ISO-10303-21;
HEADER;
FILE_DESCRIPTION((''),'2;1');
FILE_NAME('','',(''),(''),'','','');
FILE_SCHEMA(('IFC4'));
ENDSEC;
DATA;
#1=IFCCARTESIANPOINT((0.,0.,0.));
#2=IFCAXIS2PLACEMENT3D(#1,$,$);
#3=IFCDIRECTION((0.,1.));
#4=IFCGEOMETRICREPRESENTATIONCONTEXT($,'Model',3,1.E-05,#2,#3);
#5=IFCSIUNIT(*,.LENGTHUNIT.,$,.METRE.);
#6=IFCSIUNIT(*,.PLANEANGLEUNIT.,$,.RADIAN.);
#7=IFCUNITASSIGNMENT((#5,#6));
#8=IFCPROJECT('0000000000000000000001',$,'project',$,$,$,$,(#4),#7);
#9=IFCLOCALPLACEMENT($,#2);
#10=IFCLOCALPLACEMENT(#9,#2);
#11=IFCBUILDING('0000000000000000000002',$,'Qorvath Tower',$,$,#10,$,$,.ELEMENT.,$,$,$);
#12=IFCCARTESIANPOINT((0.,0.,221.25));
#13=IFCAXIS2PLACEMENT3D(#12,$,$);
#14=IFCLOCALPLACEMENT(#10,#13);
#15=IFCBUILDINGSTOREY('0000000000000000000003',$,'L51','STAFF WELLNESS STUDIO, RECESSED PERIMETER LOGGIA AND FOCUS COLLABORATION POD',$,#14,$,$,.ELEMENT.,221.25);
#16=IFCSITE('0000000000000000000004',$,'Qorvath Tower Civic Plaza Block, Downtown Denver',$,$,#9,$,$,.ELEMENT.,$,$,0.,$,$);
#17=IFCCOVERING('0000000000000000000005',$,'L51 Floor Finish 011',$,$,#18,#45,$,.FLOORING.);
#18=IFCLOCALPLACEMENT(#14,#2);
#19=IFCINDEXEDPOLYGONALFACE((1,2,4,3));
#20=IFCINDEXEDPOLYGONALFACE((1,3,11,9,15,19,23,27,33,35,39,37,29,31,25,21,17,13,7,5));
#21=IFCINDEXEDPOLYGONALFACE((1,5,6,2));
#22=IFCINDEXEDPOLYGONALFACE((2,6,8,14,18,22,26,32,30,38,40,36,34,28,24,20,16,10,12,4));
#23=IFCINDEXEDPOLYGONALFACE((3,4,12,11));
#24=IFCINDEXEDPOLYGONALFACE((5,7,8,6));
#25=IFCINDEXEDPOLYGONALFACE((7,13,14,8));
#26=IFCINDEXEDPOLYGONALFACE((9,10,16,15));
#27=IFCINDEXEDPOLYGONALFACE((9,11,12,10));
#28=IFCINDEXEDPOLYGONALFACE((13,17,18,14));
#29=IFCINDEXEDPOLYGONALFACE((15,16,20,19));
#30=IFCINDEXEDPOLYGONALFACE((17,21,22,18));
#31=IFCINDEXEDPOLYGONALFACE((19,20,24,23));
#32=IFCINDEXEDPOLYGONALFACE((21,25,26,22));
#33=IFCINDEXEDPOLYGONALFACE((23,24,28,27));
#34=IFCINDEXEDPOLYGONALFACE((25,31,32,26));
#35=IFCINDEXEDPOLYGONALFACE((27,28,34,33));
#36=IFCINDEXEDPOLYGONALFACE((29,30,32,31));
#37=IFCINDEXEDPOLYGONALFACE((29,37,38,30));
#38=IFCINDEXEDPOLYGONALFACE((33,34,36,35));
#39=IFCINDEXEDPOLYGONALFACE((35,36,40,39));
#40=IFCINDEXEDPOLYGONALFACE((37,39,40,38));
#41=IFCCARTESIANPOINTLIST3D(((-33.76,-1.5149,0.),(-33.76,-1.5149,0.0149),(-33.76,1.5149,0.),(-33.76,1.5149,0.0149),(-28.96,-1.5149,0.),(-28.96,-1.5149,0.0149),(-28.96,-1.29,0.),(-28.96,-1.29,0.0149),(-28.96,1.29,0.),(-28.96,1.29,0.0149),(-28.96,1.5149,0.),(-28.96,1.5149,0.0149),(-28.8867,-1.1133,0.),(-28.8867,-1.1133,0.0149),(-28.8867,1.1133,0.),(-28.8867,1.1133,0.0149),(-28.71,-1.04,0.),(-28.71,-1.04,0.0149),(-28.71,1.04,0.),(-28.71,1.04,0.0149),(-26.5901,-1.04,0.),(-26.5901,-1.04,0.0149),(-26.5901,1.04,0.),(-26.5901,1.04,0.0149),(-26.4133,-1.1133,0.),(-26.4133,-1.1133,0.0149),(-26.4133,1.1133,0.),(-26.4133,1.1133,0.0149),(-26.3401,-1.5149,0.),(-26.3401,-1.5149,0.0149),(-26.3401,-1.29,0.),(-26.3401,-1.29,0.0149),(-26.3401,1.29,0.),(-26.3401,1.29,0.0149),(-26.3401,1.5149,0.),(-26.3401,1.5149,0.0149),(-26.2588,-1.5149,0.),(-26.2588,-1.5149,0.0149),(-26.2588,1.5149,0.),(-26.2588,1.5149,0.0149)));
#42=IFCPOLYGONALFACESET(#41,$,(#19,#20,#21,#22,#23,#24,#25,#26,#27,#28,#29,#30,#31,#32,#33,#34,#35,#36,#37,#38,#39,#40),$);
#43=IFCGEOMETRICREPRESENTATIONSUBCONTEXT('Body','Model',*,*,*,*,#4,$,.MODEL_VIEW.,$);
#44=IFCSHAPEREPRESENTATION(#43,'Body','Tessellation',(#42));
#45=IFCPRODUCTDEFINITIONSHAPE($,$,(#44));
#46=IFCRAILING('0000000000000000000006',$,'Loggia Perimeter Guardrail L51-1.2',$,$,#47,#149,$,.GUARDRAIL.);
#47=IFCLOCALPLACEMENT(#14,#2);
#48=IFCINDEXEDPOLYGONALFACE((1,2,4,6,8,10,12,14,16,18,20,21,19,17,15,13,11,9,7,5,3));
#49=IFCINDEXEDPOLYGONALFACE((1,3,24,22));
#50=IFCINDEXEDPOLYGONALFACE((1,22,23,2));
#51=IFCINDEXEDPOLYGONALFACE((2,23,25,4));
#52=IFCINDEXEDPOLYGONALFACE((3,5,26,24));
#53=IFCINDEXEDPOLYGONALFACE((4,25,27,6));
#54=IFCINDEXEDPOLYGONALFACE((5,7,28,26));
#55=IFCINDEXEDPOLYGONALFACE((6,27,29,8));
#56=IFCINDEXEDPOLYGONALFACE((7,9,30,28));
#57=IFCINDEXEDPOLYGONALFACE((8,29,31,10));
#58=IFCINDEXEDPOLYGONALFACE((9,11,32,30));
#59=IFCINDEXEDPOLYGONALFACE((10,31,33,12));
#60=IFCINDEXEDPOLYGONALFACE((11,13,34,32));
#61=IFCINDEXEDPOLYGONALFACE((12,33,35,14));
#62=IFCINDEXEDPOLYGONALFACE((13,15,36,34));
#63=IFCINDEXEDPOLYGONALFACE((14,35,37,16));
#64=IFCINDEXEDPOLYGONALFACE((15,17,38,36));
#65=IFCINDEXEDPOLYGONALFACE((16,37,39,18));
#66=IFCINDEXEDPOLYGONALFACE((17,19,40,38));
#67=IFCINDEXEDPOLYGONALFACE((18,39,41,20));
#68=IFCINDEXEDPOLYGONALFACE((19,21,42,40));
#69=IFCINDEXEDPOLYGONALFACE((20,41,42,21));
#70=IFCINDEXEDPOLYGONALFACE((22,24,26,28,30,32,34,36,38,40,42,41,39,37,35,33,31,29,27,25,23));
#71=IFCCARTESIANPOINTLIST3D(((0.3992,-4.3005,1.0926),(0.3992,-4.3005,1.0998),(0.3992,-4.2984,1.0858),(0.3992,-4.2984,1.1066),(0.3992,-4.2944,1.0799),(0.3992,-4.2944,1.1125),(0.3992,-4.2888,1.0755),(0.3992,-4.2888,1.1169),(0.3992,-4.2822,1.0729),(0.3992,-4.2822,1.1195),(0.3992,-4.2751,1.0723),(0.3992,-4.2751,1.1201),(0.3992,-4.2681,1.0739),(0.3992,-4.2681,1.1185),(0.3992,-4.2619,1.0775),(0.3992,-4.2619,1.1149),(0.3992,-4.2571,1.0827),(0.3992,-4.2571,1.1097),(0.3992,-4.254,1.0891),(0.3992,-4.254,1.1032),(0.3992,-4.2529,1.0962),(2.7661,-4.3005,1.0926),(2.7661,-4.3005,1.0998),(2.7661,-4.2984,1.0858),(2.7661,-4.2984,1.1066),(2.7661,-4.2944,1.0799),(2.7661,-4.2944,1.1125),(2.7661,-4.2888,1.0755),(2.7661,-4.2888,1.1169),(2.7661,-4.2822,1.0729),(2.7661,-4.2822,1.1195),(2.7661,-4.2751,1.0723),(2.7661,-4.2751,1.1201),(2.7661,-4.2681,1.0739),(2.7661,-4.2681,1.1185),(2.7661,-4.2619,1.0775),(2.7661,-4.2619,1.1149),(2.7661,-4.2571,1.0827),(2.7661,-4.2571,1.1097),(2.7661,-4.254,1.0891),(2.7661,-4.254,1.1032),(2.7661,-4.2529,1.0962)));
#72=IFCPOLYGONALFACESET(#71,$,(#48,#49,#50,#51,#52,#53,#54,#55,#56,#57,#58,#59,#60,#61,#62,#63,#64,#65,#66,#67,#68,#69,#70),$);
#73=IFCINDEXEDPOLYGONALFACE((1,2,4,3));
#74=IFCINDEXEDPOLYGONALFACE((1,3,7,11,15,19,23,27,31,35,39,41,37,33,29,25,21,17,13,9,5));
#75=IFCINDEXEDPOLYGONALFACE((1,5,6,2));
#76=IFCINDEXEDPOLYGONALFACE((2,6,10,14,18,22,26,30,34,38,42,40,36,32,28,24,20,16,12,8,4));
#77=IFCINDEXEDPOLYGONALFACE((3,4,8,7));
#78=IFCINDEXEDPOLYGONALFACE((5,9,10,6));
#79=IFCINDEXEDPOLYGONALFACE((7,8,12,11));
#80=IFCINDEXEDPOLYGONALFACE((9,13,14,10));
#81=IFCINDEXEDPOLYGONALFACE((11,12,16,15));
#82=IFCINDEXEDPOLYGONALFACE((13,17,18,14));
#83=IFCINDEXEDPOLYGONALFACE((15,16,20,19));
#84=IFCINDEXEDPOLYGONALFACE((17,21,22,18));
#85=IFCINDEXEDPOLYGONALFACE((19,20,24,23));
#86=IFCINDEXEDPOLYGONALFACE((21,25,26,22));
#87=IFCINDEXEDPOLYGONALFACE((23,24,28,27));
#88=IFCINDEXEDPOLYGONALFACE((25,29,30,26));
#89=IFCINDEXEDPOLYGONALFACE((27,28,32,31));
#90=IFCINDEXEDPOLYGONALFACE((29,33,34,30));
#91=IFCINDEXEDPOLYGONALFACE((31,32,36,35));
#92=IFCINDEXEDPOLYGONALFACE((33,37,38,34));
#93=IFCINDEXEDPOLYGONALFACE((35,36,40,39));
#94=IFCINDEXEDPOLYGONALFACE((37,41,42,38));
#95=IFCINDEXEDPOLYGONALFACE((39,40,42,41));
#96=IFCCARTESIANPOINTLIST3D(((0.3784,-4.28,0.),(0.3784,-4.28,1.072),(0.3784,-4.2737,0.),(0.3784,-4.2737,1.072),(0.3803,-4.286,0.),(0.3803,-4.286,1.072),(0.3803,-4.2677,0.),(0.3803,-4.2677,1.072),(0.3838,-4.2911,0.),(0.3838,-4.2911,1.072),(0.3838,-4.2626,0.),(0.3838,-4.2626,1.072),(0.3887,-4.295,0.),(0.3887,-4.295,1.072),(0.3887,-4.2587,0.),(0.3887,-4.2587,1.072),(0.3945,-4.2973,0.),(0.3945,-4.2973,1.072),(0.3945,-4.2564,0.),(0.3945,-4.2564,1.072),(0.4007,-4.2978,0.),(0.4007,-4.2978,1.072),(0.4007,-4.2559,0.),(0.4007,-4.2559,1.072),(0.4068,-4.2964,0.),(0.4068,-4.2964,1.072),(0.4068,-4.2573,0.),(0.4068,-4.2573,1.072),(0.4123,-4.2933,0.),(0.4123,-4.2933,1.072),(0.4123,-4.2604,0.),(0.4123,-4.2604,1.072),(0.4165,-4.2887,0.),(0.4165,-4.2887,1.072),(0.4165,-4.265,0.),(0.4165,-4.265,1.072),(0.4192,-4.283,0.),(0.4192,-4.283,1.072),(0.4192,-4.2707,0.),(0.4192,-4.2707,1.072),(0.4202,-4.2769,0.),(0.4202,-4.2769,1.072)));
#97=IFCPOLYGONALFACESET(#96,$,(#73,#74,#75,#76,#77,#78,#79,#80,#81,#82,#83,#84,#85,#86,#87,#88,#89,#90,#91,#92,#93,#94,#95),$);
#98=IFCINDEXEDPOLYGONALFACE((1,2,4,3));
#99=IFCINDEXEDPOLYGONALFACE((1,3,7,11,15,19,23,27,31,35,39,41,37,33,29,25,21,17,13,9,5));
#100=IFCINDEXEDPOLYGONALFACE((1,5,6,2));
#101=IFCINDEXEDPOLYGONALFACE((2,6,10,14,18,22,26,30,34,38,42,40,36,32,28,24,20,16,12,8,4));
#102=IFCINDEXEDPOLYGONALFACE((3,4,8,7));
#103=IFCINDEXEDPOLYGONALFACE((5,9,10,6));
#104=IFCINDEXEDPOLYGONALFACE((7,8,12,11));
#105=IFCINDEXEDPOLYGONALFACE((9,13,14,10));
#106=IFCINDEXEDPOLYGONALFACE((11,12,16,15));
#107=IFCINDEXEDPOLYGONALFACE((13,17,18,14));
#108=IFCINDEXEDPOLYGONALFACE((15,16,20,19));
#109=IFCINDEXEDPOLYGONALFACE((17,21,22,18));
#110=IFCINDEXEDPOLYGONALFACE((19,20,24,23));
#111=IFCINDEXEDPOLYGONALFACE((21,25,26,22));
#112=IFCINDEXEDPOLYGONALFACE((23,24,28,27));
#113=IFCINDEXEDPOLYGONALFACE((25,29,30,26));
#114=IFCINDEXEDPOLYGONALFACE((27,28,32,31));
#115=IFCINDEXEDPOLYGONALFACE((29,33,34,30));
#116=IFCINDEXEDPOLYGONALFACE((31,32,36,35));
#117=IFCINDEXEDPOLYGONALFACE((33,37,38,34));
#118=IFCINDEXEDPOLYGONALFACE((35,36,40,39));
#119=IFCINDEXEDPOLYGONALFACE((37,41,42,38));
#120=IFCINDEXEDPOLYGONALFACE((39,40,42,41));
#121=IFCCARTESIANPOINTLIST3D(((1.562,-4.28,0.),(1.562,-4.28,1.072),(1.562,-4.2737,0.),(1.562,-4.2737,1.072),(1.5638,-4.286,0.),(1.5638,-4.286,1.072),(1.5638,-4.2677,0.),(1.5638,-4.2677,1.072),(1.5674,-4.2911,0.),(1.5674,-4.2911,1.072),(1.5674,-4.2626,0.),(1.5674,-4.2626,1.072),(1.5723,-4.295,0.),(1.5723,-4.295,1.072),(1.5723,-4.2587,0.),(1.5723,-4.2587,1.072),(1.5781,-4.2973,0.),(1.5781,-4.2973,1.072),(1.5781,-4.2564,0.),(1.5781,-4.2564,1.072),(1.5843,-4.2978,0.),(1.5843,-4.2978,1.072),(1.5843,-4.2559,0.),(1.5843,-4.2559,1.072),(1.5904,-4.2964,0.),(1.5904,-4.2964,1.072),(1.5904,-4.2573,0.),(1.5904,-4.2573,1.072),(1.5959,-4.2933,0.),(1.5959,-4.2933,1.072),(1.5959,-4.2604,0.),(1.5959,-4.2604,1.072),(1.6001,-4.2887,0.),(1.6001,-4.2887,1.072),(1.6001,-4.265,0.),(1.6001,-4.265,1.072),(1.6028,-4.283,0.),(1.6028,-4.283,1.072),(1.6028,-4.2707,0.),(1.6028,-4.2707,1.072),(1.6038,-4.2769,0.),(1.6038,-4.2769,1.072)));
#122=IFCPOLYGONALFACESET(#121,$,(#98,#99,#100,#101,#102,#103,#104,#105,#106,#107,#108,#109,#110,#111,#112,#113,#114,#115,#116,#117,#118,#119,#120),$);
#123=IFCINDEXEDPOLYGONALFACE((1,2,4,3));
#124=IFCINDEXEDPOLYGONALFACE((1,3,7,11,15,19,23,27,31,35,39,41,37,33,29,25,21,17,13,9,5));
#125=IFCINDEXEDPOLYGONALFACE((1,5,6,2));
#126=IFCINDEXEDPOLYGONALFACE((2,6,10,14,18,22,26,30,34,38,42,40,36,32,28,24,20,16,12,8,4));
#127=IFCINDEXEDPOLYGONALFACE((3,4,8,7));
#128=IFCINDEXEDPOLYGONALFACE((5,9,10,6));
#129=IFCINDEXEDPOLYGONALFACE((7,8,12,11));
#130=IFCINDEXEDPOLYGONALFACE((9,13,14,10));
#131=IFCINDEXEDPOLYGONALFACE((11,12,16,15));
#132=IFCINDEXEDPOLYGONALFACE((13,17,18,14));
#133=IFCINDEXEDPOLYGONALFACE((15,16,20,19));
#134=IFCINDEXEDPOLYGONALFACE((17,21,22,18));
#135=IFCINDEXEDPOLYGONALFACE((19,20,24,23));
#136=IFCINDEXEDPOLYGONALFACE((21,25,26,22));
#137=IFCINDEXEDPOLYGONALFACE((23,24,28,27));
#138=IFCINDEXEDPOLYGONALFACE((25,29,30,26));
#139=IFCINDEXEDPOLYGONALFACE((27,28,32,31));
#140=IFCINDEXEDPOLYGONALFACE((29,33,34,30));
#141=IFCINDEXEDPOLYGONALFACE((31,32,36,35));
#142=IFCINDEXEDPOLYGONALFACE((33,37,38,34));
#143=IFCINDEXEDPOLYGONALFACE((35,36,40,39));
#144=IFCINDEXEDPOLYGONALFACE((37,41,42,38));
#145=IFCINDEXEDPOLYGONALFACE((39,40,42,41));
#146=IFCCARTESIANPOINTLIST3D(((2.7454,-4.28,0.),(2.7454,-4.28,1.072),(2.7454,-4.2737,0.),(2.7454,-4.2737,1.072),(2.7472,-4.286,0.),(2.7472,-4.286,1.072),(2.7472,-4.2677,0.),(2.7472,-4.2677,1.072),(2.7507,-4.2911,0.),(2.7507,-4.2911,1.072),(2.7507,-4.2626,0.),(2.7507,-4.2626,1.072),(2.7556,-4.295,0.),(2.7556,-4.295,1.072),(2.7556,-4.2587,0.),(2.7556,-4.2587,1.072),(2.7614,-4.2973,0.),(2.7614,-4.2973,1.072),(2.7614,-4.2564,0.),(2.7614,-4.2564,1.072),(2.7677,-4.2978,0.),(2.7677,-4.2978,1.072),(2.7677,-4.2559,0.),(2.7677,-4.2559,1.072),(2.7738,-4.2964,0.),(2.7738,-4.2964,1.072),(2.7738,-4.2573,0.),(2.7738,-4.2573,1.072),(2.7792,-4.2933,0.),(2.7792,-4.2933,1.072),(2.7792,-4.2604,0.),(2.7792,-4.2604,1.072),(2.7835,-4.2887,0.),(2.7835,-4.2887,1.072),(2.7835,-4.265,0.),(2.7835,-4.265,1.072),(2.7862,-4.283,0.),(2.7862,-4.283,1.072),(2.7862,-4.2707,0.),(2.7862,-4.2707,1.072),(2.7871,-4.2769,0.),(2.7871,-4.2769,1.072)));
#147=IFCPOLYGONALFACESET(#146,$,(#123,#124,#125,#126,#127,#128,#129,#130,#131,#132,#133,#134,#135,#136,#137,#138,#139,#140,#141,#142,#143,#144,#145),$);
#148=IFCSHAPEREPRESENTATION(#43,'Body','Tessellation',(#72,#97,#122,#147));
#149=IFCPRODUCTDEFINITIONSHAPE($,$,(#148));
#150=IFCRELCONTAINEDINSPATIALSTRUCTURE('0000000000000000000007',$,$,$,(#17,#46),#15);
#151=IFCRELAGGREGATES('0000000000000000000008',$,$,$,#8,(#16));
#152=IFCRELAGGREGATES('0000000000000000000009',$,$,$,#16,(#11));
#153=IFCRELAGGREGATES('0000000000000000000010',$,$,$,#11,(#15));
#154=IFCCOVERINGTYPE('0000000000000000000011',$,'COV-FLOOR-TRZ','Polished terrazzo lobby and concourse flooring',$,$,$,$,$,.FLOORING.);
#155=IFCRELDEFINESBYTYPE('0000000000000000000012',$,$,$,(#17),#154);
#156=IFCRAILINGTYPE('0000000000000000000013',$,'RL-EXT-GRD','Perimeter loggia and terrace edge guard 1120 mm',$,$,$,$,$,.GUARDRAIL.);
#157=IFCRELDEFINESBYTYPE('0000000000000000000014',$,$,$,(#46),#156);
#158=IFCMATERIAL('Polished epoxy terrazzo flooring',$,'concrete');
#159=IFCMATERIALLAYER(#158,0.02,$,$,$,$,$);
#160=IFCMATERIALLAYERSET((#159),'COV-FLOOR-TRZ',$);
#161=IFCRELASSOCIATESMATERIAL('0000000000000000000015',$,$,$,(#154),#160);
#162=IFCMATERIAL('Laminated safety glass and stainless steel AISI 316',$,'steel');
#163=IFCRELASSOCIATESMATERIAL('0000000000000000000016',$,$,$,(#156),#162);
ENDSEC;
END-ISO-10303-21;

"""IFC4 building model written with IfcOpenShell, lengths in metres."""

from ifc_helpers import new_model, si_unit, direction, frame, origin, origin_2d, place, context, subcontext, project, spatial, polyline, circle, outline, extrude, material, layer, layer_set, type_object, element, save


model = new_model("IFC4")

# Units and contexts
model_context = context("Model", 3, precision=1e-05, world=origin(), true_north=direction((0.0, 1.0)))
body_context = subcontext(model_context, "Body", "Model", "MODEL_VIEW")
ifc_project = project(units=[si_unit("LENGTHUNIT", "METRE"), si_unit("PLANEANGLEUNIT", "RADIAN")], contexts=[model_context])

# Site, building, storey
site_placement = place(None, origin())
site = spatial("IfcSite", under=ifc_project, at=site_placement, Name="Qorvath Tower Civic Plaza Block, Downtown Denver", CompositionType="ELEMENT", RefElevation=0.0)
building_placement = place(site_placement, origin())
building = spatial("IfcBuilding", under=site, at=building_placement, Name="Qorvath Tower", CompositionType="ELEMENT")
storey_placement = place(building_placement, frame((0.0, 0.0, 221.25)))
storey = spatial("IfcBuildingStorey", under=building, at=storey_placement, Name="L51", Description="STAFF WELLNESS STUDIO, RECESSED PERIMETER LOGGIA AND FOCUS COLLABORATION POD", CompositionType="ELEMENT", Elevation=221.25)

# Covering
ifc_material_1 = material(Name="Polished epoxy terrazzo flooring", Category="concrete")
ifc_layer_1 = layer(ifc_material_1, 0.02)
ifc_layer_set_1 = layer_set([ifc_layer_1], Name="COV-FLOOR-TRZ")
covering_type_1 = type_object("IfcCoveringType", Name="COV-FLOOR-TRZ", Description="Polished terrazzo lobby and concourse flooring", PredefinedType="FLOORING", material=ifc_layer_set_1)
covering_1_placement = place(storey_placement, origin())
element("IfcCovering", 1, at=covering_1_placement, inside=storey, type_object=covering_type_1, Name="L51 Floor Finish 011", PredefinedType="FLOORING", context=body_context, shape_type="SweptSolid", body=[
    extrude(outline(polyline([(-26.2588, -1.5149), (-26.2588, 1.5149), (-26.3401, 1.5149), (-26.3401, 1.29), (-26.4133, 1.1133), (-26.5901, 1.04), (-28.71, 1.04), (-28.8867, 1.1133), (-28.96, 1.29), (-28.96, 1.5149), (-33.76, 1.5149), (-33.76, -1.5149), (-28.96, -1.5149), (-28.96, -1.29), (-28.8867, -1.1133), (-28.71, -1.04), (-26.5901, -1.04), (-26.4133, -1.1133), (-26.3401, -1.29), (-26.3401, -1.5149), (-26.2588, -1.5149)])), origin(), (0.0, 0.0, 1.0), 0.0149),
])

# Railing
ifc_material_2 = material(Name="Laminated safety glass and stainless steel AISI 316", Category="steel")
railing_type = type_object("IfcRailingType", Name="RL-EXT-GRD", Description="Perimeter loggia and terrace edge guard 1120 mm", PredefinedType="GUARDRAIL", material=ifc_material_2)
railing_1_placement = place(storey_placement, frame((0.3992, -4.2769, 0.0)))
element("IfcRailing", 2, at=railing_1_placement, inside=storey, type_object=railing_type, Name="Loggia Perimeter Guardrail L51-1.2", PredefinedType="GUARDRAIL", context=body_context, shape_type="SweptSolid", body=[
    extrude(circle(Radius=0.0239, at=origin_2d()), frame((0.0, 0.0, 1.0962), z_axis=(1.0, 0.0, 0.0), x_axis=(0.0, 1.0, 0.0)), (0.0, 0.0, 1.0), 2.3669),
    extrude(circle(Radius=0.021, at=origin_2d()), origin(), (0.0, 0.0, 1.0), 1.072),
    extrude(circle(Radius=0.021, at=origin_2d()), frame((1.1836, 0.0, 0.0)), (0.0, 0.0, 1.0), 1.072),
    extrude(circle(Radius=0.021, at=origin_2d()), frame((2.3669, 0.0, 0.0)), (0.0, 0.0, 1.0), 1.072),
])

save(model, "model.ifc")
